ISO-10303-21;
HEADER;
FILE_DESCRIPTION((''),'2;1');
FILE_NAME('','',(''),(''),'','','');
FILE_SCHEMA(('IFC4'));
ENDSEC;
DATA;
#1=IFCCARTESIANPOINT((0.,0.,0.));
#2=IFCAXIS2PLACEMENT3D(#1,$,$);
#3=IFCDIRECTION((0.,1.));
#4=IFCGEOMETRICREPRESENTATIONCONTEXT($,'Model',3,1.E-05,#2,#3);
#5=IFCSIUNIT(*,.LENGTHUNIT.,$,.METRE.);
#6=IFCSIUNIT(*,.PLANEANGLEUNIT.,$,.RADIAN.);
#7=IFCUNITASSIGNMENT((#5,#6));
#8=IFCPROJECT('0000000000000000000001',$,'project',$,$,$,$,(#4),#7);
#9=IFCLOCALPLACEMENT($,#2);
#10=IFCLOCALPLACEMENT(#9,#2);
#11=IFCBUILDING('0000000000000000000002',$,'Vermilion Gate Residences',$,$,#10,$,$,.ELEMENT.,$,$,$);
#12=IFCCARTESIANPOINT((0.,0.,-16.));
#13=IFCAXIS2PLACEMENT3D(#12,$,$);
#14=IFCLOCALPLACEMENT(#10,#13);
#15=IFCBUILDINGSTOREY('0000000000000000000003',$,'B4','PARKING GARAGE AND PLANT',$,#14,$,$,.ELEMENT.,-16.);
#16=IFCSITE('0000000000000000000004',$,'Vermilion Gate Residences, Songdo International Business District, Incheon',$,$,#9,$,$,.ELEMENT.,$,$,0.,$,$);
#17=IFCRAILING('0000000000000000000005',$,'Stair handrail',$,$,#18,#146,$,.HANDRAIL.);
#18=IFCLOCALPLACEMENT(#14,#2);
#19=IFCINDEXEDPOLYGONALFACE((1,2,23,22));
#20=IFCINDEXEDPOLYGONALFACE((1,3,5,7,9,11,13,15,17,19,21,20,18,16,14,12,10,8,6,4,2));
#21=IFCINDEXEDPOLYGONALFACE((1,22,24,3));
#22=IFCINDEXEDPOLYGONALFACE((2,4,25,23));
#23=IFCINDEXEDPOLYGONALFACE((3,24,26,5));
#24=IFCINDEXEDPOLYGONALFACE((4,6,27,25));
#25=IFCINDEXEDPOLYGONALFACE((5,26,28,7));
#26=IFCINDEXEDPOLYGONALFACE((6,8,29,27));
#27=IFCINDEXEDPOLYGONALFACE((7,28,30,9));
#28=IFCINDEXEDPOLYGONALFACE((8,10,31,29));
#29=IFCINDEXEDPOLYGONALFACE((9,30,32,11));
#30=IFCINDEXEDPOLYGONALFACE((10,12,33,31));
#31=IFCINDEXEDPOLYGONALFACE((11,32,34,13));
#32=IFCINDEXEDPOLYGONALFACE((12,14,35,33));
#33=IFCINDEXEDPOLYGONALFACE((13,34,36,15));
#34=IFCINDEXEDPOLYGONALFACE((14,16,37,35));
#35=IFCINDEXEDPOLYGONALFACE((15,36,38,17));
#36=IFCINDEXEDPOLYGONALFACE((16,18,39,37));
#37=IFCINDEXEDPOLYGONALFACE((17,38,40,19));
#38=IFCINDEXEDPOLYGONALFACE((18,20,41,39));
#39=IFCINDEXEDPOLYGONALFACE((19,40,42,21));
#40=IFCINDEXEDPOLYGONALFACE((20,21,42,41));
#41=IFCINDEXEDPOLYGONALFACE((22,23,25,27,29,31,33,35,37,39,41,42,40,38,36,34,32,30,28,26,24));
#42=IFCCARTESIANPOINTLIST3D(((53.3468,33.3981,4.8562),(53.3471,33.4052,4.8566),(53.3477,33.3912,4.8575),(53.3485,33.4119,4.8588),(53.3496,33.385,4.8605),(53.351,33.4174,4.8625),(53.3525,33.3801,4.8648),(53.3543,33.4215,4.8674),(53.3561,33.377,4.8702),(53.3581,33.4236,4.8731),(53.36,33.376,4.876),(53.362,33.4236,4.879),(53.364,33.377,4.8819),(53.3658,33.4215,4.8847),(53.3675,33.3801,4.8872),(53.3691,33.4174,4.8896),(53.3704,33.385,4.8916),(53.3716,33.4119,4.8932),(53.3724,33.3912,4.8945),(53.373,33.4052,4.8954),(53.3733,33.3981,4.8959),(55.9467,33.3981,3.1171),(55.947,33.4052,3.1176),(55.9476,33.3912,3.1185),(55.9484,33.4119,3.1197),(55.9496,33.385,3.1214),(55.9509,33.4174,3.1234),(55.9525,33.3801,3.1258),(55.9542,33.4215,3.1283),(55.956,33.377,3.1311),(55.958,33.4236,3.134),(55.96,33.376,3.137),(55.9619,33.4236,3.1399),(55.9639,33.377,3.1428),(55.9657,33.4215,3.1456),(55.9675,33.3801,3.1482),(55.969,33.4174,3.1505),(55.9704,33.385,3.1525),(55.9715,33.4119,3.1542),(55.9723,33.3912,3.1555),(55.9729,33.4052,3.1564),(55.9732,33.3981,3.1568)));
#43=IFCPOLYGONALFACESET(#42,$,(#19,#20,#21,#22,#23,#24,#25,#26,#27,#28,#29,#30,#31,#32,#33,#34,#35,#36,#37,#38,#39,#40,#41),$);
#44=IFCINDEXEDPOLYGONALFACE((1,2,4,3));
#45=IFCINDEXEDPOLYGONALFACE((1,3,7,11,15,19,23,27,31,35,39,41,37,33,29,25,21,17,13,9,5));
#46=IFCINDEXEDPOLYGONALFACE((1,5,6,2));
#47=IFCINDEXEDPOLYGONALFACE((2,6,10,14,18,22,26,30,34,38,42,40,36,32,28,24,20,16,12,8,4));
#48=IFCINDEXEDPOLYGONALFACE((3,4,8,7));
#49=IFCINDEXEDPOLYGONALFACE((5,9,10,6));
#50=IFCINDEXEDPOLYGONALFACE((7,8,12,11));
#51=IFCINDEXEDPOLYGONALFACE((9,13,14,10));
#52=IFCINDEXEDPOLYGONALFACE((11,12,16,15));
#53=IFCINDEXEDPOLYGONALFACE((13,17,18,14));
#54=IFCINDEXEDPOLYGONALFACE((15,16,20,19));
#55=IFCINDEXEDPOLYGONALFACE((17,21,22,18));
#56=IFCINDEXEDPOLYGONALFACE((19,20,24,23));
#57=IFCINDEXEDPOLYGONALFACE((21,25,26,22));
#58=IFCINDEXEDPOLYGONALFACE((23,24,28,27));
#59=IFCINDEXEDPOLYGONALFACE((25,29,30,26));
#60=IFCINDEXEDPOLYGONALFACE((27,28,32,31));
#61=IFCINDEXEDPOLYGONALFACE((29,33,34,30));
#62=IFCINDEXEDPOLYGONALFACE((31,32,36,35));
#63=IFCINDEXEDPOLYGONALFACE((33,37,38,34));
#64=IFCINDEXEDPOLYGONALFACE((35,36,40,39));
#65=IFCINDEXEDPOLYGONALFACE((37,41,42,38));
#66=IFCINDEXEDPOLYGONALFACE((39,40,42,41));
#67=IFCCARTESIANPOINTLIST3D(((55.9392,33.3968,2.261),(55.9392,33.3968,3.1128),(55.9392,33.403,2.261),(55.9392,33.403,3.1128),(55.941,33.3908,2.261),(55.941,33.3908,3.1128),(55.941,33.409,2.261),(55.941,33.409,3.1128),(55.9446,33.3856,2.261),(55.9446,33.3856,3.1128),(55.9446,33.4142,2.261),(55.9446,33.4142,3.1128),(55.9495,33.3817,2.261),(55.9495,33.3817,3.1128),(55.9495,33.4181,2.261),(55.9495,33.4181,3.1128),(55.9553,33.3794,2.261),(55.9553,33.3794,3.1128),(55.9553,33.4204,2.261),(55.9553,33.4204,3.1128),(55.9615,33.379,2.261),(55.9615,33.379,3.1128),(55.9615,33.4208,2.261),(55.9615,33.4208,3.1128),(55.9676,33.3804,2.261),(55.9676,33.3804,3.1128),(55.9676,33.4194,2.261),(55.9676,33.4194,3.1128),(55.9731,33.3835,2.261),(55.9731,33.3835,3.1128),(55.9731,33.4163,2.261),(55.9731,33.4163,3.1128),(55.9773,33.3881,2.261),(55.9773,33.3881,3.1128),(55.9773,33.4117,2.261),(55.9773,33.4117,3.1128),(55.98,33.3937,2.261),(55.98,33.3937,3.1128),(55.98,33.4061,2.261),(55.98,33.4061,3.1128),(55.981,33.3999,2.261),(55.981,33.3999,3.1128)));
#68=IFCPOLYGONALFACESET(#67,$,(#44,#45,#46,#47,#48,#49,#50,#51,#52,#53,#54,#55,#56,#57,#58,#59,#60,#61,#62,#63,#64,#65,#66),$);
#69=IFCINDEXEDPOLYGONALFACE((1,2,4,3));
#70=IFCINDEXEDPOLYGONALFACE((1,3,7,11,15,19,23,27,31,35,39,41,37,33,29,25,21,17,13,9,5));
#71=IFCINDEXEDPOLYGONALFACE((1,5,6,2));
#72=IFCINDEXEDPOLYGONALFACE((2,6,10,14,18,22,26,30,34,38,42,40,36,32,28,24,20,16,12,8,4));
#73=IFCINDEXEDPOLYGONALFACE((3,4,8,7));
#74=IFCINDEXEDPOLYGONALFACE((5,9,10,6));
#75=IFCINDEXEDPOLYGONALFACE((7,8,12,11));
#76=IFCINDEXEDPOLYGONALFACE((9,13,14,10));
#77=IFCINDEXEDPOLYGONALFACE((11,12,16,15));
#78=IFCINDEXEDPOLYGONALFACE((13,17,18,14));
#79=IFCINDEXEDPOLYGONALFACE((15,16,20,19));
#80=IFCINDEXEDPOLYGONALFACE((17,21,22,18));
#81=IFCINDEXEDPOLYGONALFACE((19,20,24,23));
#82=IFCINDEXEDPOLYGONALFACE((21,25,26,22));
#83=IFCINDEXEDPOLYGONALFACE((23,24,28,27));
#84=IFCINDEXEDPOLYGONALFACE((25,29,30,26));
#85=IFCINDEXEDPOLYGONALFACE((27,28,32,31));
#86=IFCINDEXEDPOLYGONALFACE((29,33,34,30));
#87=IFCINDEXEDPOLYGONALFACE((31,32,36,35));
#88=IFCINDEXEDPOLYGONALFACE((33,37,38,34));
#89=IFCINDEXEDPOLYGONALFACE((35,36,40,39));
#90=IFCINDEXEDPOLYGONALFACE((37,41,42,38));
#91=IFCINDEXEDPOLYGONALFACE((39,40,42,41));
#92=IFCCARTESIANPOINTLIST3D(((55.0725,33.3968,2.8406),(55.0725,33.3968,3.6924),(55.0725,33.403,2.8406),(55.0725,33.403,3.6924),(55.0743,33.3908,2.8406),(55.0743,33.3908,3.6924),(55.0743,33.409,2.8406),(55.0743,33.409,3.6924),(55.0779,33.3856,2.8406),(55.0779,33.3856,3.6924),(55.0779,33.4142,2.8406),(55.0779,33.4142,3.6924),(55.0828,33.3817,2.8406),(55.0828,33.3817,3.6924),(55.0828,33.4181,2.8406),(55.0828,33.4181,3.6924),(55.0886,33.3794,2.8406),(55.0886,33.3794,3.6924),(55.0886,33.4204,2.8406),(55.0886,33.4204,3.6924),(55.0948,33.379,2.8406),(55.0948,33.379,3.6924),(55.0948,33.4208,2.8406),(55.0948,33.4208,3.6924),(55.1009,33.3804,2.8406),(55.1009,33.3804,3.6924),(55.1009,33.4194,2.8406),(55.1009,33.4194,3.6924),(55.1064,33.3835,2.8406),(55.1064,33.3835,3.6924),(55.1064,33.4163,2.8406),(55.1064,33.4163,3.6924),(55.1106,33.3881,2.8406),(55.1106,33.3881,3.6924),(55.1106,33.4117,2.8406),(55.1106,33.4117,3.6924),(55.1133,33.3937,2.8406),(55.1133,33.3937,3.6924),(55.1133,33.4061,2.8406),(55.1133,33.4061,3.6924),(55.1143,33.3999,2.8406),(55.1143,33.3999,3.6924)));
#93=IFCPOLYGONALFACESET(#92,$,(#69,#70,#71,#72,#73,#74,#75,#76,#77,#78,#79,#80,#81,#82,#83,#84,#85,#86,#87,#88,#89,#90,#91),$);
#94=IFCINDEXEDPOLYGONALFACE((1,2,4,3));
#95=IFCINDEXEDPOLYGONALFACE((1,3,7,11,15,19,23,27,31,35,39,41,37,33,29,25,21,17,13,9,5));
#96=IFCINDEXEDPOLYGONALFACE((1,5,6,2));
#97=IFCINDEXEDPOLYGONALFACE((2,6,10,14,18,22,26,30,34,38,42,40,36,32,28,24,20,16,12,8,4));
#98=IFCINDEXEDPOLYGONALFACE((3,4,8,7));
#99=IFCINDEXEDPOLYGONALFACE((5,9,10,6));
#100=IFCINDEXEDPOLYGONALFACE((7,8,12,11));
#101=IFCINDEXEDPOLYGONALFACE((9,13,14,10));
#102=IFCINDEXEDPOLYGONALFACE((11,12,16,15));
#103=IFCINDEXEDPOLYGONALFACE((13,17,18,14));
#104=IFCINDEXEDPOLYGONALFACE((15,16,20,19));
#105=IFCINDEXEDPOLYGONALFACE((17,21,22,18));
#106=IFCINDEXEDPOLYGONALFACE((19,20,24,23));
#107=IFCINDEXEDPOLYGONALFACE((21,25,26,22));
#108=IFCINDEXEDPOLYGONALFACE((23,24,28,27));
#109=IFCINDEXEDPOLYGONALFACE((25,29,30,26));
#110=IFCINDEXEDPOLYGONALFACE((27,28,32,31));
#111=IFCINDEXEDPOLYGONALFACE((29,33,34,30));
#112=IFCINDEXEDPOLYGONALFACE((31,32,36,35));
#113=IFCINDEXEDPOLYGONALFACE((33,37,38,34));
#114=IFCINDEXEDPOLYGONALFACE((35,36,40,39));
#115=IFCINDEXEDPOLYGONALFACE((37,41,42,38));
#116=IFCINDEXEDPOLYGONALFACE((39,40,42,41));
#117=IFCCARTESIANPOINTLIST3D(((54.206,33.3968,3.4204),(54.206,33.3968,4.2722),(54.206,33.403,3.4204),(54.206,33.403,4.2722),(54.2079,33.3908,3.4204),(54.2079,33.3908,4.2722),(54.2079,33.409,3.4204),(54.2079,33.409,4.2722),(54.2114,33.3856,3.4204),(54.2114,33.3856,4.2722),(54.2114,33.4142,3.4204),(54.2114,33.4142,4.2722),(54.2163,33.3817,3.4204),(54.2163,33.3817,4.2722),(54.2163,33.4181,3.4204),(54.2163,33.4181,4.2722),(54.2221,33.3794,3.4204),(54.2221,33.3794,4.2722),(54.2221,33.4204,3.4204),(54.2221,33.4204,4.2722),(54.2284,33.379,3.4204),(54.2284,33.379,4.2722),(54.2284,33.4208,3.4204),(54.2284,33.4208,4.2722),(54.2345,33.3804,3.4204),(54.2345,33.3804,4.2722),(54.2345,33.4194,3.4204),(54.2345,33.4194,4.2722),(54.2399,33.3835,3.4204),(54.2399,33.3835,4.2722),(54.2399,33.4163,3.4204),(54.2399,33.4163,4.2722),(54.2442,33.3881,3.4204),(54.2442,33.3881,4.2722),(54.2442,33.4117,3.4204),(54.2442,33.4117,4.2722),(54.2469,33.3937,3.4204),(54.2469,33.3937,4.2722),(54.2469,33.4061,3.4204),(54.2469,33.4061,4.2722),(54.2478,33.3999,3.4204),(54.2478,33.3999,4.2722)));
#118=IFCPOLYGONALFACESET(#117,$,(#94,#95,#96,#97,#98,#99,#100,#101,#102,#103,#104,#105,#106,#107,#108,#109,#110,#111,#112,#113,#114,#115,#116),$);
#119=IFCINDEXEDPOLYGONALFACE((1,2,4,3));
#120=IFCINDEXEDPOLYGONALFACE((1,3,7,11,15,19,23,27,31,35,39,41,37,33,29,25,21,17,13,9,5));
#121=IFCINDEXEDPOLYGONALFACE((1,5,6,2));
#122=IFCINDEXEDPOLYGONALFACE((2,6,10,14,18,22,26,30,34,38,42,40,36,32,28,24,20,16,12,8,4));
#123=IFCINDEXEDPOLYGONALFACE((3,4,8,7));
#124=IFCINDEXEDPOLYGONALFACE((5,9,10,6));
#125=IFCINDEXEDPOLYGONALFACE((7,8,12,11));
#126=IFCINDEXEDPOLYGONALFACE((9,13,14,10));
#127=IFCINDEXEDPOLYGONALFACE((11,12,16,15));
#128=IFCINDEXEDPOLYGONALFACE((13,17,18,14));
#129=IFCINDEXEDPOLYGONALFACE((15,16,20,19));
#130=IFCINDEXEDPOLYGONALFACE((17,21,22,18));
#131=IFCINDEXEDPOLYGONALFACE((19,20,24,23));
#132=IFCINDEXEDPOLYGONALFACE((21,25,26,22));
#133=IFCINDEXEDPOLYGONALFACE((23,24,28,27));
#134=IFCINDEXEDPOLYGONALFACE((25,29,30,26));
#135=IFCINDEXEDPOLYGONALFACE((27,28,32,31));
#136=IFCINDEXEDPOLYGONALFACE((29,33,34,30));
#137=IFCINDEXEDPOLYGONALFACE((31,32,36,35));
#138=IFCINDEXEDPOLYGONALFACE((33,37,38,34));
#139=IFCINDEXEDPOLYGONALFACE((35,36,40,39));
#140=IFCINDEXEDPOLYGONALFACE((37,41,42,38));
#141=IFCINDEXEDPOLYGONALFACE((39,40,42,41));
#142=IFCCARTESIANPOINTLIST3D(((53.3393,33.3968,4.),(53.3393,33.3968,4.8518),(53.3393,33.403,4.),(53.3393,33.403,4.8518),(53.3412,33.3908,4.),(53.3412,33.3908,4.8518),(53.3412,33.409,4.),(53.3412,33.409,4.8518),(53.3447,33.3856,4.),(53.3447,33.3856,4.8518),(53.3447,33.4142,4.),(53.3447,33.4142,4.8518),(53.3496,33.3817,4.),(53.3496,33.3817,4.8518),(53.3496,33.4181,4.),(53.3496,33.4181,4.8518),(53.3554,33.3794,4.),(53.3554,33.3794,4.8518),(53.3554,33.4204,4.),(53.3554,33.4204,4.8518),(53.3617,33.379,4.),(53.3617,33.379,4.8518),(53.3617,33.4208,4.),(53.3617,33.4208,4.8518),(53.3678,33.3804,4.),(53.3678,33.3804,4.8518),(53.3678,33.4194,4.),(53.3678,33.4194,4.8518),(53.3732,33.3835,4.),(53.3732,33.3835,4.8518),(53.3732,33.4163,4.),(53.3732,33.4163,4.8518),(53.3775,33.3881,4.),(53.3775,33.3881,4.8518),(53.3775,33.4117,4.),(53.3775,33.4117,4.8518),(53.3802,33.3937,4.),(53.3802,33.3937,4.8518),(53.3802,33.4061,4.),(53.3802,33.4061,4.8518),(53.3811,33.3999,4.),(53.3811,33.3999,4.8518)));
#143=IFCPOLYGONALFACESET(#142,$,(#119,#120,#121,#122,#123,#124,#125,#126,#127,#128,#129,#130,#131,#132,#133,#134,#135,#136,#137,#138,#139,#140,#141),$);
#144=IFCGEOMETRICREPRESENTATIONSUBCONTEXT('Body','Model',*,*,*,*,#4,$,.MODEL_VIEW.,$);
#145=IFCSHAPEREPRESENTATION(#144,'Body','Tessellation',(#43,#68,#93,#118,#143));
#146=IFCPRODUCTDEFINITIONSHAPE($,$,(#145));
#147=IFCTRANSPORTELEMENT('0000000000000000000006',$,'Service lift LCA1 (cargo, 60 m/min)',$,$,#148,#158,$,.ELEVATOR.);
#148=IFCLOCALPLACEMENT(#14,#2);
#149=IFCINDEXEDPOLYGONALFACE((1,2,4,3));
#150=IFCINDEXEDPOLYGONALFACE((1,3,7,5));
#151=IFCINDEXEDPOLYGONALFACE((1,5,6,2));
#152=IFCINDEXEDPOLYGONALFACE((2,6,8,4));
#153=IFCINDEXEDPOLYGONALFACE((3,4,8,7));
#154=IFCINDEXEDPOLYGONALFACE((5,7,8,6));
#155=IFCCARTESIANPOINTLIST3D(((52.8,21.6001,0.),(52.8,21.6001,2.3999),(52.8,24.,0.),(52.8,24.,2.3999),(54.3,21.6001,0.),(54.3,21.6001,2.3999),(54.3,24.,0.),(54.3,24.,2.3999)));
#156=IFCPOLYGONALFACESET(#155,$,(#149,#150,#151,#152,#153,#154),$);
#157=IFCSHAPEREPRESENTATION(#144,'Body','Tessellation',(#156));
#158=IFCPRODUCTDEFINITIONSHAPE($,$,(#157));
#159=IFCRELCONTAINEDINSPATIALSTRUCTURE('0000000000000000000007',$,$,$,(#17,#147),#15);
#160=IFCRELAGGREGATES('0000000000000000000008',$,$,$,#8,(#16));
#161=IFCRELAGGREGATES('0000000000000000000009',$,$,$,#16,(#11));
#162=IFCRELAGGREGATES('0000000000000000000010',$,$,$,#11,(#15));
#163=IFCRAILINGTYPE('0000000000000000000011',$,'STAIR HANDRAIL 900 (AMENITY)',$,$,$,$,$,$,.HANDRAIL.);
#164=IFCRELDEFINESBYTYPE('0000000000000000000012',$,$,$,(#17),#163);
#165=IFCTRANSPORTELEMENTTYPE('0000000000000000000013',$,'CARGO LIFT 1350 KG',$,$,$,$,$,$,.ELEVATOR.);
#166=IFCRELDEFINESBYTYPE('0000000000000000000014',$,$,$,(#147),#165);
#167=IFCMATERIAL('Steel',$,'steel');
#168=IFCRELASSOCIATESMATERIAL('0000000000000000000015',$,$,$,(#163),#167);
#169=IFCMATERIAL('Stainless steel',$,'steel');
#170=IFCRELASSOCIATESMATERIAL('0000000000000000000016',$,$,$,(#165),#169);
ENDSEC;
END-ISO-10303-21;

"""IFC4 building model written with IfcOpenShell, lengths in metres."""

from ifc_helpers import new_model, si_unit, direction, frame, origin, origin_2d, place, context, subcontext, project, spatial, rectangle, circle, extrude, material, type_object, element, save


model = new_model("IFC4")

# Units and contexts
model_context = context("Model", 3, precision=1e-05, world=origin(), true_north=direction((0.0, 1.0)))
body_context = subcontext(model_context, "Body", "Model", "MODEL_VIEW")
ifc_project = project(units=[si_unit("LENGTHUNIT", "METRE"), si_unit("PLANEANGLEUNIT", "RADIAN")], contexts=[model_context])

# Site, building, storey
site_placement = place(None, origin())
site = spatial("IfcSite", under=ifc_project, at=site_placement, Name="Vermilion Gate Residences, Songdo International Business District, Incheon", CompositionType="ELEMENT", RefElevation=0.0)
building_placement = place(site_placement, origin())
building = spatial("IfcBuilding", under=site, at=building_placement, Name="Vermilion Gate Residences", CompositionType="ELEMENT")
storey_placement = place(building_placement, frame((0.0, 0.0, -16.0)))
storey = spatial("IfcBuildingStorey", under=building, at=storey_placement, Name="B4", Description="PARKING GARAGE AND PLANT", CompositionType="ELEMENT", Elevation=-16.0)

# Railing
ifc_material_1 = material(Name="Steel", Category="steel")
railing_type = type_object("IfcRailingType", Name="STAIR HANDRAIL 900 (AMENITY)", PredefinedType="HANDRAIL", material=ifc_material_1)
railing_1_placement = place(storey_placement, frame((55.96, 33.3999, 2.261)))
element("IfcRailing", 1, at=railing_1_placement, inside=storey, type_object=railing_type, Name="Stair handrail", PredefinedType="HANDRAIL", context=body_context, shape_type="SweptSolid", body=[
    extrude(circle(Radius=0.0239, at=origin_2d()), frame((0.0, 0.0, 0.876), z_axis=(-0.831197, 0.0, 0.555978), x_axis=(0.0, -1.0, 0.0)), (0.0, 0.0, 1.0), 3.1279),
    extrude(circle(Radius=0.021, at=origin_2d()), origin(), (0.0, 0.0, 1.0), 0.8518),
    extrude(circle(Radius=0.021, at=origin_2d()), frame((-0.8667, 0.0, 0.5796)), (0.0, 0.0, 1.0), 0.8518),
    extrude(circle(Radius=0.021, at=origin_2d()), frame((-1.7332, 0.0, 1.1594)), (0.0, 0.0, 1.0), 0.8518),
    extrude(circle(Radius=0.021, at=origin_2d()), frame((-2.5999, 0.0, 1.739)), (0.0, 0.0, 1.0), 0.8518),
])

# Transport element
ifc_material_2 = material(Name="Stainless steel", Category="steel")
transport_element_type = type_object("IfcTransportElementType", Name="CARGO LIFT 1350 KG", PredefinedType="ELEVATOR", material=ifc_material_2)
transport_element_placement = place(storey_placement, frame((53.55, 22.8, 0.0), z_axis=(0.0, 0.0, 1.0), x_axis=(1.0, 0.0, 0.0)))
element("IfcTransportElement", 2, at=transport_element_placement, inside=storey, type_object=transport_element_type, Name="Service lift LCA1 (cargo, 60 m/min)", PredefinedType="ELEVATOR", context=body_context, shape_type="SweptSolid", body=[
    extrude(rectangle(XDim=1.5, YDim=2.3999, at=origin_2d()), origin(), (0.0, 0.0, 1.0), 2.3999),
])

save(model, "model.ifc")
